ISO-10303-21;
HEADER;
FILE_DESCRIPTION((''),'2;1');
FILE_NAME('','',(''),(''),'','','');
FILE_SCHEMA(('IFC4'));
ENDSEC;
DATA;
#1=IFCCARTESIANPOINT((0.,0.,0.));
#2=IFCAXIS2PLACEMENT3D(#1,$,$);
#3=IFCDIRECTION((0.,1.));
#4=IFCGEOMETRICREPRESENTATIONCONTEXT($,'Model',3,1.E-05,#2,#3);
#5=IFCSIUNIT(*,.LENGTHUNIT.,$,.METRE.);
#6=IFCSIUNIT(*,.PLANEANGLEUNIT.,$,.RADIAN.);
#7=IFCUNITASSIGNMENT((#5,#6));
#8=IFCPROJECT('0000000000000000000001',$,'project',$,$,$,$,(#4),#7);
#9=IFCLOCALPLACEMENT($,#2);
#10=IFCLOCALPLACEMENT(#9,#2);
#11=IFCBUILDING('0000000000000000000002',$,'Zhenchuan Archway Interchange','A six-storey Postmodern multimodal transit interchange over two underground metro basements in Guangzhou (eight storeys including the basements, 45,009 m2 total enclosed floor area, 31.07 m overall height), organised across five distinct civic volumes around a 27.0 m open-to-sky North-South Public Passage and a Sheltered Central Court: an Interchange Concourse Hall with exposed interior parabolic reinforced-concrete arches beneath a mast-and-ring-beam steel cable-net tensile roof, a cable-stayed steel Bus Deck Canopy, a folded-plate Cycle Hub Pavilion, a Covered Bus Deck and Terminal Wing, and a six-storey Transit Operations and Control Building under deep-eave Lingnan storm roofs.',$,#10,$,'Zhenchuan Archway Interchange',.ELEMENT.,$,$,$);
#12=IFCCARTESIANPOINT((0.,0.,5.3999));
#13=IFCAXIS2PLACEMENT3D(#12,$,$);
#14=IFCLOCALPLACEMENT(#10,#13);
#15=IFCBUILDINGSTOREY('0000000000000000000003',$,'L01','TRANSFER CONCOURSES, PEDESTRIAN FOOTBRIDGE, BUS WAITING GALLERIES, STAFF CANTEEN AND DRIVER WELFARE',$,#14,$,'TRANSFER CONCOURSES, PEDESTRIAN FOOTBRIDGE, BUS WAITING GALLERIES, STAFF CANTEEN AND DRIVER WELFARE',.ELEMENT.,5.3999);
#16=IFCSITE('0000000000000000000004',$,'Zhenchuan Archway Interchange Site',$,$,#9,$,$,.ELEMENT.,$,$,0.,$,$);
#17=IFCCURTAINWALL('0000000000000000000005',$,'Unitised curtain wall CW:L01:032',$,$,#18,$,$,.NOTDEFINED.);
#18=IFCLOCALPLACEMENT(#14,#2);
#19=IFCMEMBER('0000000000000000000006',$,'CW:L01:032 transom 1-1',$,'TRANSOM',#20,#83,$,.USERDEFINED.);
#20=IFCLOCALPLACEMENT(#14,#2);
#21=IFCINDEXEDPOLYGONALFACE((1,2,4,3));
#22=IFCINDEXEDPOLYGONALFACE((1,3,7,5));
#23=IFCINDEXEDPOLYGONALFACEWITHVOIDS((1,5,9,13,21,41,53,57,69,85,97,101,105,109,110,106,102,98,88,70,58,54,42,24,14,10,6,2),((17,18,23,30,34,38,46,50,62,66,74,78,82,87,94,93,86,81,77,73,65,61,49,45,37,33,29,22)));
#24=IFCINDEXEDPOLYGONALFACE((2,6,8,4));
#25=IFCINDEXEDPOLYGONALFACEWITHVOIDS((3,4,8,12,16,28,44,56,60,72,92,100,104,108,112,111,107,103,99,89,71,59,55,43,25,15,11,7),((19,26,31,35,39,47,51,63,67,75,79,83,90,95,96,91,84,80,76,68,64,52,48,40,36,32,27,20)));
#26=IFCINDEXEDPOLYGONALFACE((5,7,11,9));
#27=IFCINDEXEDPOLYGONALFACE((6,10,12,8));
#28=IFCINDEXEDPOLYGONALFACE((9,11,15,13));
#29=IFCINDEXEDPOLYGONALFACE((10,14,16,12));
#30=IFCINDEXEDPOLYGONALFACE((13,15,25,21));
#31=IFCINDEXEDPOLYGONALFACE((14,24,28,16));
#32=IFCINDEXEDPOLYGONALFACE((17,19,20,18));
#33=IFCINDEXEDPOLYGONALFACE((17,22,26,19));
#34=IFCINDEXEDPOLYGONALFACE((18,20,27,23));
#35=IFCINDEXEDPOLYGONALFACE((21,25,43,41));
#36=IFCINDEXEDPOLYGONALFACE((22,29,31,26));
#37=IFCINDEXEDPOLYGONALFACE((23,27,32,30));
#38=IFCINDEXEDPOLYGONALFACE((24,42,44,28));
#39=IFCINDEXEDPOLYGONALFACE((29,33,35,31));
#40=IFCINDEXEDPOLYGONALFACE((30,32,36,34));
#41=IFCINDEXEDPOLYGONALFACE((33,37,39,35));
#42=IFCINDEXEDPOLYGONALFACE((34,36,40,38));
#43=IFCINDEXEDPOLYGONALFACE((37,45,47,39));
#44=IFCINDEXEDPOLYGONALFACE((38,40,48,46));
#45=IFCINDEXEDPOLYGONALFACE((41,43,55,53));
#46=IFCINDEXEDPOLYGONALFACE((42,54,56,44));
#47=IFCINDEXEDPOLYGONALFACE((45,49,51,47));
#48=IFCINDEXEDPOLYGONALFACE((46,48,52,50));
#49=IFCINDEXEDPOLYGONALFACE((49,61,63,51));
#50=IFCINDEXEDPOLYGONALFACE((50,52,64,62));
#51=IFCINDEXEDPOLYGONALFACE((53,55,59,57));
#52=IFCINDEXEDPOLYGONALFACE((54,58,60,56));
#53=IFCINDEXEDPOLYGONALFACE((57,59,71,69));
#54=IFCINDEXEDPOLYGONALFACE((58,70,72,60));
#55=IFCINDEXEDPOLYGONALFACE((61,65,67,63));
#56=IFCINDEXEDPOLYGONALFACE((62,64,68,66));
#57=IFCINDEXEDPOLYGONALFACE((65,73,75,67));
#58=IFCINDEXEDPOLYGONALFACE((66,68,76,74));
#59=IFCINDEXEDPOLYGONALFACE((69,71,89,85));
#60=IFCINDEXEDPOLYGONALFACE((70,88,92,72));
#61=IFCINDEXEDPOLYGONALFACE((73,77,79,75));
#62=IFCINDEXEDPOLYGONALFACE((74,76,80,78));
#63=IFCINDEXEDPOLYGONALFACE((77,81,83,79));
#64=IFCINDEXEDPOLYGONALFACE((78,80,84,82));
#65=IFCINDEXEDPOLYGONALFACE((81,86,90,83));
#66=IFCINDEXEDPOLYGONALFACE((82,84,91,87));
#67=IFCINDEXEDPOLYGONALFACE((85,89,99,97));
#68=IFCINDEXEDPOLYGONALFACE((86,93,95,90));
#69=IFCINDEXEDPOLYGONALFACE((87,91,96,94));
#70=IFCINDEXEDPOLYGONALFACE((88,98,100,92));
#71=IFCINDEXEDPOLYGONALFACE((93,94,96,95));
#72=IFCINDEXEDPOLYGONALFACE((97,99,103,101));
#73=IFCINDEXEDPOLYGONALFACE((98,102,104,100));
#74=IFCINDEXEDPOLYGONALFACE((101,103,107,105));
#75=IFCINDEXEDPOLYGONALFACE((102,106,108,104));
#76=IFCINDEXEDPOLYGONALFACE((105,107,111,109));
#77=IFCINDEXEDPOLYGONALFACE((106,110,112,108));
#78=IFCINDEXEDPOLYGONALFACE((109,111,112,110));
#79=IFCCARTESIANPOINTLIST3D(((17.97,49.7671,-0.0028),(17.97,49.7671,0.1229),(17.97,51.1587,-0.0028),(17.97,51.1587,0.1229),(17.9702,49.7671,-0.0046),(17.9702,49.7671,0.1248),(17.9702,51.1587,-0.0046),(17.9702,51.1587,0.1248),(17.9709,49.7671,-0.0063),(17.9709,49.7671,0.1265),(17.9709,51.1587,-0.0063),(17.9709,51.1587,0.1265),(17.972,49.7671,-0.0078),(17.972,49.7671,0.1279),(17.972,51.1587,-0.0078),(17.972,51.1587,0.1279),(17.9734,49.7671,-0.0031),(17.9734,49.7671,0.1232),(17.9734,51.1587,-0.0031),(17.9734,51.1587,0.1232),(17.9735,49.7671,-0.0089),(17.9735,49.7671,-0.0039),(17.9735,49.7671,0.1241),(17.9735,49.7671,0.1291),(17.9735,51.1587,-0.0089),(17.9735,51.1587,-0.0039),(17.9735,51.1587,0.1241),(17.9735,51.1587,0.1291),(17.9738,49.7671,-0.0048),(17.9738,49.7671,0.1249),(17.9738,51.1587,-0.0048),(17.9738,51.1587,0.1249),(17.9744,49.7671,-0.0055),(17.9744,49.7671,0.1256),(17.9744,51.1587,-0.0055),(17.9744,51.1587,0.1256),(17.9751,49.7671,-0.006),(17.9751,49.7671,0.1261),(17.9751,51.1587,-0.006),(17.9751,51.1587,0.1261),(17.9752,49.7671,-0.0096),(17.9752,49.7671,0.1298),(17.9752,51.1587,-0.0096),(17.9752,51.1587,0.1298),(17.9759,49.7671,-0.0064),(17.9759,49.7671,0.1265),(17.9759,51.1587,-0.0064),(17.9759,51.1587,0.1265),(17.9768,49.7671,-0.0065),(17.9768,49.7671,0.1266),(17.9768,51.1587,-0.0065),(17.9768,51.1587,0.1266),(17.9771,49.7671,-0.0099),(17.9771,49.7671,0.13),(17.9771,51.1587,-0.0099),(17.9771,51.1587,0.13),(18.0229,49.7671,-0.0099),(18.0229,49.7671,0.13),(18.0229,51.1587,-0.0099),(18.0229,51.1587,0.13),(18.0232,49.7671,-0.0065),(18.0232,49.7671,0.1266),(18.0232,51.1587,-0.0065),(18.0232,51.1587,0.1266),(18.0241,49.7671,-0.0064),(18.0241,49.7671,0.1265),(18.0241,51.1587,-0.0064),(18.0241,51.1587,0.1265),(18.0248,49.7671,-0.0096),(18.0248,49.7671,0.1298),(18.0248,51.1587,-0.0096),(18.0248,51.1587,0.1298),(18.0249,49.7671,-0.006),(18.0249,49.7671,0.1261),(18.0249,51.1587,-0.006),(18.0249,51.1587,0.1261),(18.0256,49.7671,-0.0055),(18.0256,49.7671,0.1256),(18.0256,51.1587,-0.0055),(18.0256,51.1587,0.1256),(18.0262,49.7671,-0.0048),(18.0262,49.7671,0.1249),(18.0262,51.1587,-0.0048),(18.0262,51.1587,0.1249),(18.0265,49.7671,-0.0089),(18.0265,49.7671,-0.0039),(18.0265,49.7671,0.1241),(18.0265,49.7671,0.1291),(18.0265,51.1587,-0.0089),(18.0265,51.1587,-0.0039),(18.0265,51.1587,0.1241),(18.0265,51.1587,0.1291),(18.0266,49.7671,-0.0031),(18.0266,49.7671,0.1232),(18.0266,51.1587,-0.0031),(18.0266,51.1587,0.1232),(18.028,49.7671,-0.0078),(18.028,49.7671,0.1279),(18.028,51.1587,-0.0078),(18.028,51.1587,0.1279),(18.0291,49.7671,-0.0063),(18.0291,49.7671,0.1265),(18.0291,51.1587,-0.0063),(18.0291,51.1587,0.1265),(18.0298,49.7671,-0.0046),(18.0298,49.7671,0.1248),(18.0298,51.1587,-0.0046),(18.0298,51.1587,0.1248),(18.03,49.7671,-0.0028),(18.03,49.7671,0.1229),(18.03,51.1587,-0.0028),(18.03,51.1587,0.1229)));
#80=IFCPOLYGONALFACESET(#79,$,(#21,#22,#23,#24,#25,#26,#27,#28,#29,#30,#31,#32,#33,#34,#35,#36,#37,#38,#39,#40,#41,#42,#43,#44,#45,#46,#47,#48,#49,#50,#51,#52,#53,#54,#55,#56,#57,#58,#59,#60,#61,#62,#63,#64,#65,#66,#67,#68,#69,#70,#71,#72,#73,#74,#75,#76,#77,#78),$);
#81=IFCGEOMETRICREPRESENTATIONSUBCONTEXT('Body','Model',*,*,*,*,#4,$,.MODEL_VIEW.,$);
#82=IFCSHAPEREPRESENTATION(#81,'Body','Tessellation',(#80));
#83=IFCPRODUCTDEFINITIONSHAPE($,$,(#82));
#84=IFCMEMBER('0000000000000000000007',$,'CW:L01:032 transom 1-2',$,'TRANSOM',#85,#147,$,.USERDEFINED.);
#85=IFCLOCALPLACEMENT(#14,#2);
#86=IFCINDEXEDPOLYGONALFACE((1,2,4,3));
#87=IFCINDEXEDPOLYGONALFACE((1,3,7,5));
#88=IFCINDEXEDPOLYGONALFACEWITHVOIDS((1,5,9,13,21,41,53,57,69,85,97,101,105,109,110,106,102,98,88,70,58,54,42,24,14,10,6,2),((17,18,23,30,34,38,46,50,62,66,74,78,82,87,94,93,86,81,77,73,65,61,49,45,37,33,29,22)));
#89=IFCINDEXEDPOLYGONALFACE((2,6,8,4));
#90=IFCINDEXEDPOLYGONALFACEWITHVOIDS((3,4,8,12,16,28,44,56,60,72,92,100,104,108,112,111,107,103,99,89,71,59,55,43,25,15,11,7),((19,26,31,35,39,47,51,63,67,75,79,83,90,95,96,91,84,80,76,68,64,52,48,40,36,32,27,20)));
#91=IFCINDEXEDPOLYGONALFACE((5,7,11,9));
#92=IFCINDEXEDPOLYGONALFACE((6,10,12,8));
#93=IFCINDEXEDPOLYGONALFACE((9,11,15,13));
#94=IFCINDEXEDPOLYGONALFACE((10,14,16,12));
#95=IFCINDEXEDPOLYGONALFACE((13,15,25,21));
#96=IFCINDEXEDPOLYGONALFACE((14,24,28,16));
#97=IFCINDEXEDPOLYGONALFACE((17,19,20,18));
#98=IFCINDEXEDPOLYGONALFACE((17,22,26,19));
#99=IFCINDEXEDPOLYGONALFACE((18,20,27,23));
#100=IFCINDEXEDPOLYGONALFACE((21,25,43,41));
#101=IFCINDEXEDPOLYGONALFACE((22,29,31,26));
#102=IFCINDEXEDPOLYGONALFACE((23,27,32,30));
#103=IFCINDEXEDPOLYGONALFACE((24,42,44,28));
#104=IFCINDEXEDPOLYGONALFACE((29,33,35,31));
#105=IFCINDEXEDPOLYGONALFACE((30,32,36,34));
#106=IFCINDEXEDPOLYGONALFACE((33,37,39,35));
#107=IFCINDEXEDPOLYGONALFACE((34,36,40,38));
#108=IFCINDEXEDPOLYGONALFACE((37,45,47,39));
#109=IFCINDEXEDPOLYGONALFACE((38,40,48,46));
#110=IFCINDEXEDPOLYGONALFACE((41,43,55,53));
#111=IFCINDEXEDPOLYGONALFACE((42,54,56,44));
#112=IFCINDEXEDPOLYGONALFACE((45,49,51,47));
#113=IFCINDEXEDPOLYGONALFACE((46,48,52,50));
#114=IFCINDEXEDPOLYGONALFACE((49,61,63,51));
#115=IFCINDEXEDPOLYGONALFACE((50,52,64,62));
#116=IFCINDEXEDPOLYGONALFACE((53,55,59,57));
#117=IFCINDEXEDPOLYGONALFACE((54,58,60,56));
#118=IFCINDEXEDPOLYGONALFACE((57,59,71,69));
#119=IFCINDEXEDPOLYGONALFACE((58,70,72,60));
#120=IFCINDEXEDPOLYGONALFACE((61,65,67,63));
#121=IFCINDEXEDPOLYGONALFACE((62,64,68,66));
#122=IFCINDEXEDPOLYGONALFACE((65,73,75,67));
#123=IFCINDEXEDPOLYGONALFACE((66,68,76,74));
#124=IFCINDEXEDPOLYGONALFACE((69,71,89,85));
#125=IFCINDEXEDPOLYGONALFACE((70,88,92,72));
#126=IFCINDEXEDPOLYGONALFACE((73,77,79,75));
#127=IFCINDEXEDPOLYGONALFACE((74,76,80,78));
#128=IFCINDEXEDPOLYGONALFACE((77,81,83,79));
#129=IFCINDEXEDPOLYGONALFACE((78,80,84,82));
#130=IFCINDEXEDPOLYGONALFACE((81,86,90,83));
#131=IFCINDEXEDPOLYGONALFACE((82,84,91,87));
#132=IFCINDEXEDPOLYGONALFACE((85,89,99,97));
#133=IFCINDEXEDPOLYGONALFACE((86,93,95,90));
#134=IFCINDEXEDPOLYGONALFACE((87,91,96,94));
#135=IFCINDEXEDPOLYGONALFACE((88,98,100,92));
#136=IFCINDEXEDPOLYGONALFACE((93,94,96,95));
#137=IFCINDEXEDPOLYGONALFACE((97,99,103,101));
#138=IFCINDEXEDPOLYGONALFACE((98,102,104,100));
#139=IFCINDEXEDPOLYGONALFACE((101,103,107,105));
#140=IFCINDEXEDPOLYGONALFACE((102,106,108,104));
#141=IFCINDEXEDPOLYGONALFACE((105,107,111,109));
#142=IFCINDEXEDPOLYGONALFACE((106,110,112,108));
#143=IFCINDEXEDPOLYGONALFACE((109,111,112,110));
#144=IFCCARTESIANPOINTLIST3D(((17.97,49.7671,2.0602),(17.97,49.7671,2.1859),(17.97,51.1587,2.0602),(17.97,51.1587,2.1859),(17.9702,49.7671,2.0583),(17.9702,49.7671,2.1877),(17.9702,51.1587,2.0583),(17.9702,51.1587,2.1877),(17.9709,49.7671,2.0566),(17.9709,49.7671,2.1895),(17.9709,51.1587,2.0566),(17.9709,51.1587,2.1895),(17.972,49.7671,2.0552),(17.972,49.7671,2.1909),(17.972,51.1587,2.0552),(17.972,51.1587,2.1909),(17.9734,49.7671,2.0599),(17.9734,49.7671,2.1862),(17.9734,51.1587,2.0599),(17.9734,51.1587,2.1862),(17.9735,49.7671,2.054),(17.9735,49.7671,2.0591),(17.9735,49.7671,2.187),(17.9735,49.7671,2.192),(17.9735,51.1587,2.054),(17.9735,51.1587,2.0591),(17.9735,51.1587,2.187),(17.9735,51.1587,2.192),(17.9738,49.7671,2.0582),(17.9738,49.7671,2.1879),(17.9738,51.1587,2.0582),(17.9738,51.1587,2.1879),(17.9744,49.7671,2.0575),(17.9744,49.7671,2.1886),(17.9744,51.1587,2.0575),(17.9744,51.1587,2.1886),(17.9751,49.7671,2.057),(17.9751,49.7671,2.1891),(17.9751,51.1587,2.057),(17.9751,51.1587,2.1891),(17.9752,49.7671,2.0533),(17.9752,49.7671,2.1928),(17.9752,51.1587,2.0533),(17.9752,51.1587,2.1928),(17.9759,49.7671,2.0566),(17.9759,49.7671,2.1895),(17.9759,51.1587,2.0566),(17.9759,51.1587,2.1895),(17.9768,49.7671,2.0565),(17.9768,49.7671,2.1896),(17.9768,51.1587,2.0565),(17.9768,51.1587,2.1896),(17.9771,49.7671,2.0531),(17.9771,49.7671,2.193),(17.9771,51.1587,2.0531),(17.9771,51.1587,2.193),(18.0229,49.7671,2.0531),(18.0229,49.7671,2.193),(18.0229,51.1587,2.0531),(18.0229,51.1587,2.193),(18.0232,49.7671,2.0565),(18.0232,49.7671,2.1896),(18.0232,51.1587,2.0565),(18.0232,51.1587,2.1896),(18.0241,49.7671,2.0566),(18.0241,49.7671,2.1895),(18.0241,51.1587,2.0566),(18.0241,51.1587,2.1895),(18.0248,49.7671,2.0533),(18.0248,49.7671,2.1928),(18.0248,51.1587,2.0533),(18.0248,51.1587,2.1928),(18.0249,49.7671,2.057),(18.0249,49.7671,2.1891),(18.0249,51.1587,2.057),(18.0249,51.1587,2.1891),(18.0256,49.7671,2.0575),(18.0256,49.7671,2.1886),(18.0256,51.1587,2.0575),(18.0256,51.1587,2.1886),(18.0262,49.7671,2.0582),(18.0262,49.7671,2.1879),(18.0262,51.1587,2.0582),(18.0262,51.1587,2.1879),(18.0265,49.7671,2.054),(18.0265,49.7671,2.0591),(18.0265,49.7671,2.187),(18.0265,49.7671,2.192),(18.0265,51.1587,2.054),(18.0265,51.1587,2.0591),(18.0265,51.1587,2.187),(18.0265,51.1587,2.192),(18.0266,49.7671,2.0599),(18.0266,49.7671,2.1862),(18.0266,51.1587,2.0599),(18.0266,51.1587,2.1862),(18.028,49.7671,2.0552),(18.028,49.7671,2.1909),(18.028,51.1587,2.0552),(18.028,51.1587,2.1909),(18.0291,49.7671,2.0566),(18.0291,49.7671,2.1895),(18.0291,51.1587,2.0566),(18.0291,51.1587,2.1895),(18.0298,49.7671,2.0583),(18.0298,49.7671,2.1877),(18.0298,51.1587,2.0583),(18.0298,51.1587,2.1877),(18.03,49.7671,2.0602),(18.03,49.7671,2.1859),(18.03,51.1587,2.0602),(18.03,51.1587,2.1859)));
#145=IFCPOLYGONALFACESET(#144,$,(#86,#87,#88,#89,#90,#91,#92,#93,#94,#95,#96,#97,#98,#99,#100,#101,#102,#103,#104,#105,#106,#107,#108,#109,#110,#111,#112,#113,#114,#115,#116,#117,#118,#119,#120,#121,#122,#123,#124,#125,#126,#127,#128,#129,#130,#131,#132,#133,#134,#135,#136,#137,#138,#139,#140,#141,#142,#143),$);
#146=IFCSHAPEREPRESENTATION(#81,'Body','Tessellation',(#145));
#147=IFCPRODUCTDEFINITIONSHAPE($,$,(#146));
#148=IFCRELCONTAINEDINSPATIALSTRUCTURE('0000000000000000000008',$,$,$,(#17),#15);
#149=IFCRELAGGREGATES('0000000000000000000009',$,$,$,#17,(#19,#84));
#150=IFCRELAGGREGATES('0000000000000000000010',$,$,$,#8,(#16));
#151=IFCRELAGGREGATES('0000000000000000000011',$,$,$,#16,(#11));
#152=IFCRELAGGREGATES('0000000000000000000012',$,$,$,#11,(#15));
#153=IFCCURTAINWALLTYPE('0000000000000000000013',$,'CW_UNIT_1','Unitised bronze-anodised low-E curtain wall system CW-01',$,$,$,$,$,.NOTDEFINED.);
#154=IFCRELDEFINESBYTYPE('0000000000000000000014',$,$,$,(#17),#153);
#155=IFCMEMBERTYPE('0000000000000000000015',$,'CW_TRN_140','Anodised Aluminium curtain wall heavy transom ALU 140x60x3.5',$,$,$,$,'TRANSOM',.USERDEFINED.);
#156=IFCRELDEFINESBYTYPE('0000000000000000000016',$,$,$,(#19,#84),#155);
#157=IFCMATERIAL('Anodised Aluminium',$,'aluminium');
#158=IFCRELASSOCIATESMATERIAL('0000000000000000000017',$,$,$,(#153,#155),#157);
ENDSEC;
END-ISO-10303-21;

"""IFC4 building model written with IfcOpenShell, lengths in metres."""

from ifc_helpers import new_model, si_unit, direction, frame, origin, origin_2d, place, context, subcontext, project, spatial, hollow_rectangle, extrude, material, material_profile, profile_set, type_object, element, aggregate, save


model = new_model("IFC4")

# Units and contexts
model_context = context("Model", 3, precision=1e-05, world=origin(), true_north=direction((0.0, 1.0)))
body_context = subcontext(model_context, "Body", "Model", "MODEL_VIEW")
ifc_project = project(units=[si_unit("LENGTHUNIT", "METRE"), si_unit("PLANEANGLEUNIT", "RADIAN")], contexts=[model_context])

# Site, building, storey
site_placement = place(None, origin())
site = spatial("IfcSite", under=ifc_project, at=site_placement, Name="Zhenchuan Archway Interchange Site", CompositionType="ELEMENT", RefElevation=0.0)
building_placement = place(site_placement, origin())
building = spatial("IfcBuilding", under=site, at=building_placement, Name="Zhenchuan Archway Interchange", Description="A six-storey Postmodern multimodal transit interchange over two underground metro basements in Guangzhou (eight storeys including the basements, 45,009 m2 total enclosed floor area, 31.07 m overall height), organised across five distinct civic volumes around a 27.0 m open-to-sky North-South Public Passage and a Sheltered Central Court: an Interchange Concourse Hall with exposed interior parabolic reinforced-concrete arches beneath a mast-and-ring-beam steel cable-net tensile roof, a cable-stayed steel Bus Deck Canopy, a folded-plate Cycle Hub Pavilion, a Covered Bus Deck and Terminal Wing, and a six-storey Transit Operations and Control Building under deep-eave Lingnan storm roofs.", LongName="Zhenchuan Archway Interchange", CompositionType="ELEMENT")
storey_placement = place(building_placement, frame((0.0, 0.0, 5.3999)))
storey = spatial("IfcBuildingStorey", under=building, at=storey_placement, Name="L01", Description="TRANSFER CONCOURSES, PEDESTRIAN FOOTBRIDGE, BUS WAITING GALLERIES, STAFF CANTEEN AND DRIVER WELFARE", LongName="TRANSFER CONCOURSES, PEDESTRIAN FOOTBRIDGE, BUS WAITING GALLERIES, STAFF CANTEEN AND DRIVER WELFARE", CompositionType="ELEMENT", Elevation=5.3999)

# Shared definitions
ifc_material_1 = material(Name="Anodised Aluminium", Category="aluminium")

# Curtain wall, members
curtain_wall_type_1 = type_object("IfcCurtainWallType", Name="CW_UNIT_1", Description="Unitised bronze-anodised low-E curtain wall system CW-01", PredefinedType="NOTDEFINED", material=ifc_material_1)
curtain_wall_1_placement = place(storey_placement, origin())
curtain_wall_1 = element("IfcCurtainWall", 1, at=curtain_wall_1_placement, inside=storey, type_object=curtain_wall_type_1, Name="Unitised curtain wall CW:L01:032", PredefinedType="NOTDEFINED")
ifc_material_profile_1 = material_profile(ifc_material_1, hollow_rectangle(XDim=0.0601, YDim=0.1399, WallThickness=0.0034, InnerFilletRadius=0.0034, OuterFilletRadius=0.0071, at=origin_2d()), Name="ALU 140x60x3.5")
ifc_profile_set_1 = profile_set([ifc_material_profile_1], Name="Anodised Aluminium")
member_type_1 = type_object("IfcMemberType", Name="CW_TRN_140", Description="Anodised Aluminium curtain wall heavy transom ALU 140x60x3.5", ElementType="TRANSOM", PredefinedType="USERDEFINED", material=ifc_profile_set_1)
member_1_placement = place(storey_placement, frame((18.0, 49.7671, 0.0601), z_axis=(0.0, 1.0, 0.0), x_axis=(-1.0, 0.0, 0.0)))
member_1 = element("IfcMember", 2, at=member_1_placement, type_object=member_type_1, Name="CW:L01:032 transom 1-1", ObjectType="TRANSOM", PredefinedType="USERDEFINED", context=body_context, shape_type="SweptSolid", body=[
    extrude(hollow_rectangle(XDim=0.0601, YDim=0.1399, WallThickness=0.0034, InnerFilletRadius=0.0034, OuterFilletRadius=0.0071, at=origin_2d()), origin(), (0.0, 0.0, 1.0), 1.3916),
])
member_2_placement = place(storey_placement, frame((18.0, 49.7671, 2.123), z_axis=(0.0, 1.0, 0.0), x_axis=(-1.0, 0.0, 0.0)))
member_2 = element("IfcMember", 3, at=member_2_placement, type_object=member_type_1, Name="CW:L01:032 transom 1-2", ObjectType="TRANSOM", PredefinedType="USERDEFINED", context=body_context, shape_type="SweptSolid", body=[
    extrude(hollow_rectangle(XDim=0.0601, YDim=0.1399, WallThickness=0.0034, InnerFilletRadius=0.0034, OuterFilletRadius=0.0071, at=origin_2d()), origin(), (0.0, 0.0, 1.0), 1.3916),
])

aggregate(curtain_wall_1, [member_1, member_2])

save(model, "model.ifc")
